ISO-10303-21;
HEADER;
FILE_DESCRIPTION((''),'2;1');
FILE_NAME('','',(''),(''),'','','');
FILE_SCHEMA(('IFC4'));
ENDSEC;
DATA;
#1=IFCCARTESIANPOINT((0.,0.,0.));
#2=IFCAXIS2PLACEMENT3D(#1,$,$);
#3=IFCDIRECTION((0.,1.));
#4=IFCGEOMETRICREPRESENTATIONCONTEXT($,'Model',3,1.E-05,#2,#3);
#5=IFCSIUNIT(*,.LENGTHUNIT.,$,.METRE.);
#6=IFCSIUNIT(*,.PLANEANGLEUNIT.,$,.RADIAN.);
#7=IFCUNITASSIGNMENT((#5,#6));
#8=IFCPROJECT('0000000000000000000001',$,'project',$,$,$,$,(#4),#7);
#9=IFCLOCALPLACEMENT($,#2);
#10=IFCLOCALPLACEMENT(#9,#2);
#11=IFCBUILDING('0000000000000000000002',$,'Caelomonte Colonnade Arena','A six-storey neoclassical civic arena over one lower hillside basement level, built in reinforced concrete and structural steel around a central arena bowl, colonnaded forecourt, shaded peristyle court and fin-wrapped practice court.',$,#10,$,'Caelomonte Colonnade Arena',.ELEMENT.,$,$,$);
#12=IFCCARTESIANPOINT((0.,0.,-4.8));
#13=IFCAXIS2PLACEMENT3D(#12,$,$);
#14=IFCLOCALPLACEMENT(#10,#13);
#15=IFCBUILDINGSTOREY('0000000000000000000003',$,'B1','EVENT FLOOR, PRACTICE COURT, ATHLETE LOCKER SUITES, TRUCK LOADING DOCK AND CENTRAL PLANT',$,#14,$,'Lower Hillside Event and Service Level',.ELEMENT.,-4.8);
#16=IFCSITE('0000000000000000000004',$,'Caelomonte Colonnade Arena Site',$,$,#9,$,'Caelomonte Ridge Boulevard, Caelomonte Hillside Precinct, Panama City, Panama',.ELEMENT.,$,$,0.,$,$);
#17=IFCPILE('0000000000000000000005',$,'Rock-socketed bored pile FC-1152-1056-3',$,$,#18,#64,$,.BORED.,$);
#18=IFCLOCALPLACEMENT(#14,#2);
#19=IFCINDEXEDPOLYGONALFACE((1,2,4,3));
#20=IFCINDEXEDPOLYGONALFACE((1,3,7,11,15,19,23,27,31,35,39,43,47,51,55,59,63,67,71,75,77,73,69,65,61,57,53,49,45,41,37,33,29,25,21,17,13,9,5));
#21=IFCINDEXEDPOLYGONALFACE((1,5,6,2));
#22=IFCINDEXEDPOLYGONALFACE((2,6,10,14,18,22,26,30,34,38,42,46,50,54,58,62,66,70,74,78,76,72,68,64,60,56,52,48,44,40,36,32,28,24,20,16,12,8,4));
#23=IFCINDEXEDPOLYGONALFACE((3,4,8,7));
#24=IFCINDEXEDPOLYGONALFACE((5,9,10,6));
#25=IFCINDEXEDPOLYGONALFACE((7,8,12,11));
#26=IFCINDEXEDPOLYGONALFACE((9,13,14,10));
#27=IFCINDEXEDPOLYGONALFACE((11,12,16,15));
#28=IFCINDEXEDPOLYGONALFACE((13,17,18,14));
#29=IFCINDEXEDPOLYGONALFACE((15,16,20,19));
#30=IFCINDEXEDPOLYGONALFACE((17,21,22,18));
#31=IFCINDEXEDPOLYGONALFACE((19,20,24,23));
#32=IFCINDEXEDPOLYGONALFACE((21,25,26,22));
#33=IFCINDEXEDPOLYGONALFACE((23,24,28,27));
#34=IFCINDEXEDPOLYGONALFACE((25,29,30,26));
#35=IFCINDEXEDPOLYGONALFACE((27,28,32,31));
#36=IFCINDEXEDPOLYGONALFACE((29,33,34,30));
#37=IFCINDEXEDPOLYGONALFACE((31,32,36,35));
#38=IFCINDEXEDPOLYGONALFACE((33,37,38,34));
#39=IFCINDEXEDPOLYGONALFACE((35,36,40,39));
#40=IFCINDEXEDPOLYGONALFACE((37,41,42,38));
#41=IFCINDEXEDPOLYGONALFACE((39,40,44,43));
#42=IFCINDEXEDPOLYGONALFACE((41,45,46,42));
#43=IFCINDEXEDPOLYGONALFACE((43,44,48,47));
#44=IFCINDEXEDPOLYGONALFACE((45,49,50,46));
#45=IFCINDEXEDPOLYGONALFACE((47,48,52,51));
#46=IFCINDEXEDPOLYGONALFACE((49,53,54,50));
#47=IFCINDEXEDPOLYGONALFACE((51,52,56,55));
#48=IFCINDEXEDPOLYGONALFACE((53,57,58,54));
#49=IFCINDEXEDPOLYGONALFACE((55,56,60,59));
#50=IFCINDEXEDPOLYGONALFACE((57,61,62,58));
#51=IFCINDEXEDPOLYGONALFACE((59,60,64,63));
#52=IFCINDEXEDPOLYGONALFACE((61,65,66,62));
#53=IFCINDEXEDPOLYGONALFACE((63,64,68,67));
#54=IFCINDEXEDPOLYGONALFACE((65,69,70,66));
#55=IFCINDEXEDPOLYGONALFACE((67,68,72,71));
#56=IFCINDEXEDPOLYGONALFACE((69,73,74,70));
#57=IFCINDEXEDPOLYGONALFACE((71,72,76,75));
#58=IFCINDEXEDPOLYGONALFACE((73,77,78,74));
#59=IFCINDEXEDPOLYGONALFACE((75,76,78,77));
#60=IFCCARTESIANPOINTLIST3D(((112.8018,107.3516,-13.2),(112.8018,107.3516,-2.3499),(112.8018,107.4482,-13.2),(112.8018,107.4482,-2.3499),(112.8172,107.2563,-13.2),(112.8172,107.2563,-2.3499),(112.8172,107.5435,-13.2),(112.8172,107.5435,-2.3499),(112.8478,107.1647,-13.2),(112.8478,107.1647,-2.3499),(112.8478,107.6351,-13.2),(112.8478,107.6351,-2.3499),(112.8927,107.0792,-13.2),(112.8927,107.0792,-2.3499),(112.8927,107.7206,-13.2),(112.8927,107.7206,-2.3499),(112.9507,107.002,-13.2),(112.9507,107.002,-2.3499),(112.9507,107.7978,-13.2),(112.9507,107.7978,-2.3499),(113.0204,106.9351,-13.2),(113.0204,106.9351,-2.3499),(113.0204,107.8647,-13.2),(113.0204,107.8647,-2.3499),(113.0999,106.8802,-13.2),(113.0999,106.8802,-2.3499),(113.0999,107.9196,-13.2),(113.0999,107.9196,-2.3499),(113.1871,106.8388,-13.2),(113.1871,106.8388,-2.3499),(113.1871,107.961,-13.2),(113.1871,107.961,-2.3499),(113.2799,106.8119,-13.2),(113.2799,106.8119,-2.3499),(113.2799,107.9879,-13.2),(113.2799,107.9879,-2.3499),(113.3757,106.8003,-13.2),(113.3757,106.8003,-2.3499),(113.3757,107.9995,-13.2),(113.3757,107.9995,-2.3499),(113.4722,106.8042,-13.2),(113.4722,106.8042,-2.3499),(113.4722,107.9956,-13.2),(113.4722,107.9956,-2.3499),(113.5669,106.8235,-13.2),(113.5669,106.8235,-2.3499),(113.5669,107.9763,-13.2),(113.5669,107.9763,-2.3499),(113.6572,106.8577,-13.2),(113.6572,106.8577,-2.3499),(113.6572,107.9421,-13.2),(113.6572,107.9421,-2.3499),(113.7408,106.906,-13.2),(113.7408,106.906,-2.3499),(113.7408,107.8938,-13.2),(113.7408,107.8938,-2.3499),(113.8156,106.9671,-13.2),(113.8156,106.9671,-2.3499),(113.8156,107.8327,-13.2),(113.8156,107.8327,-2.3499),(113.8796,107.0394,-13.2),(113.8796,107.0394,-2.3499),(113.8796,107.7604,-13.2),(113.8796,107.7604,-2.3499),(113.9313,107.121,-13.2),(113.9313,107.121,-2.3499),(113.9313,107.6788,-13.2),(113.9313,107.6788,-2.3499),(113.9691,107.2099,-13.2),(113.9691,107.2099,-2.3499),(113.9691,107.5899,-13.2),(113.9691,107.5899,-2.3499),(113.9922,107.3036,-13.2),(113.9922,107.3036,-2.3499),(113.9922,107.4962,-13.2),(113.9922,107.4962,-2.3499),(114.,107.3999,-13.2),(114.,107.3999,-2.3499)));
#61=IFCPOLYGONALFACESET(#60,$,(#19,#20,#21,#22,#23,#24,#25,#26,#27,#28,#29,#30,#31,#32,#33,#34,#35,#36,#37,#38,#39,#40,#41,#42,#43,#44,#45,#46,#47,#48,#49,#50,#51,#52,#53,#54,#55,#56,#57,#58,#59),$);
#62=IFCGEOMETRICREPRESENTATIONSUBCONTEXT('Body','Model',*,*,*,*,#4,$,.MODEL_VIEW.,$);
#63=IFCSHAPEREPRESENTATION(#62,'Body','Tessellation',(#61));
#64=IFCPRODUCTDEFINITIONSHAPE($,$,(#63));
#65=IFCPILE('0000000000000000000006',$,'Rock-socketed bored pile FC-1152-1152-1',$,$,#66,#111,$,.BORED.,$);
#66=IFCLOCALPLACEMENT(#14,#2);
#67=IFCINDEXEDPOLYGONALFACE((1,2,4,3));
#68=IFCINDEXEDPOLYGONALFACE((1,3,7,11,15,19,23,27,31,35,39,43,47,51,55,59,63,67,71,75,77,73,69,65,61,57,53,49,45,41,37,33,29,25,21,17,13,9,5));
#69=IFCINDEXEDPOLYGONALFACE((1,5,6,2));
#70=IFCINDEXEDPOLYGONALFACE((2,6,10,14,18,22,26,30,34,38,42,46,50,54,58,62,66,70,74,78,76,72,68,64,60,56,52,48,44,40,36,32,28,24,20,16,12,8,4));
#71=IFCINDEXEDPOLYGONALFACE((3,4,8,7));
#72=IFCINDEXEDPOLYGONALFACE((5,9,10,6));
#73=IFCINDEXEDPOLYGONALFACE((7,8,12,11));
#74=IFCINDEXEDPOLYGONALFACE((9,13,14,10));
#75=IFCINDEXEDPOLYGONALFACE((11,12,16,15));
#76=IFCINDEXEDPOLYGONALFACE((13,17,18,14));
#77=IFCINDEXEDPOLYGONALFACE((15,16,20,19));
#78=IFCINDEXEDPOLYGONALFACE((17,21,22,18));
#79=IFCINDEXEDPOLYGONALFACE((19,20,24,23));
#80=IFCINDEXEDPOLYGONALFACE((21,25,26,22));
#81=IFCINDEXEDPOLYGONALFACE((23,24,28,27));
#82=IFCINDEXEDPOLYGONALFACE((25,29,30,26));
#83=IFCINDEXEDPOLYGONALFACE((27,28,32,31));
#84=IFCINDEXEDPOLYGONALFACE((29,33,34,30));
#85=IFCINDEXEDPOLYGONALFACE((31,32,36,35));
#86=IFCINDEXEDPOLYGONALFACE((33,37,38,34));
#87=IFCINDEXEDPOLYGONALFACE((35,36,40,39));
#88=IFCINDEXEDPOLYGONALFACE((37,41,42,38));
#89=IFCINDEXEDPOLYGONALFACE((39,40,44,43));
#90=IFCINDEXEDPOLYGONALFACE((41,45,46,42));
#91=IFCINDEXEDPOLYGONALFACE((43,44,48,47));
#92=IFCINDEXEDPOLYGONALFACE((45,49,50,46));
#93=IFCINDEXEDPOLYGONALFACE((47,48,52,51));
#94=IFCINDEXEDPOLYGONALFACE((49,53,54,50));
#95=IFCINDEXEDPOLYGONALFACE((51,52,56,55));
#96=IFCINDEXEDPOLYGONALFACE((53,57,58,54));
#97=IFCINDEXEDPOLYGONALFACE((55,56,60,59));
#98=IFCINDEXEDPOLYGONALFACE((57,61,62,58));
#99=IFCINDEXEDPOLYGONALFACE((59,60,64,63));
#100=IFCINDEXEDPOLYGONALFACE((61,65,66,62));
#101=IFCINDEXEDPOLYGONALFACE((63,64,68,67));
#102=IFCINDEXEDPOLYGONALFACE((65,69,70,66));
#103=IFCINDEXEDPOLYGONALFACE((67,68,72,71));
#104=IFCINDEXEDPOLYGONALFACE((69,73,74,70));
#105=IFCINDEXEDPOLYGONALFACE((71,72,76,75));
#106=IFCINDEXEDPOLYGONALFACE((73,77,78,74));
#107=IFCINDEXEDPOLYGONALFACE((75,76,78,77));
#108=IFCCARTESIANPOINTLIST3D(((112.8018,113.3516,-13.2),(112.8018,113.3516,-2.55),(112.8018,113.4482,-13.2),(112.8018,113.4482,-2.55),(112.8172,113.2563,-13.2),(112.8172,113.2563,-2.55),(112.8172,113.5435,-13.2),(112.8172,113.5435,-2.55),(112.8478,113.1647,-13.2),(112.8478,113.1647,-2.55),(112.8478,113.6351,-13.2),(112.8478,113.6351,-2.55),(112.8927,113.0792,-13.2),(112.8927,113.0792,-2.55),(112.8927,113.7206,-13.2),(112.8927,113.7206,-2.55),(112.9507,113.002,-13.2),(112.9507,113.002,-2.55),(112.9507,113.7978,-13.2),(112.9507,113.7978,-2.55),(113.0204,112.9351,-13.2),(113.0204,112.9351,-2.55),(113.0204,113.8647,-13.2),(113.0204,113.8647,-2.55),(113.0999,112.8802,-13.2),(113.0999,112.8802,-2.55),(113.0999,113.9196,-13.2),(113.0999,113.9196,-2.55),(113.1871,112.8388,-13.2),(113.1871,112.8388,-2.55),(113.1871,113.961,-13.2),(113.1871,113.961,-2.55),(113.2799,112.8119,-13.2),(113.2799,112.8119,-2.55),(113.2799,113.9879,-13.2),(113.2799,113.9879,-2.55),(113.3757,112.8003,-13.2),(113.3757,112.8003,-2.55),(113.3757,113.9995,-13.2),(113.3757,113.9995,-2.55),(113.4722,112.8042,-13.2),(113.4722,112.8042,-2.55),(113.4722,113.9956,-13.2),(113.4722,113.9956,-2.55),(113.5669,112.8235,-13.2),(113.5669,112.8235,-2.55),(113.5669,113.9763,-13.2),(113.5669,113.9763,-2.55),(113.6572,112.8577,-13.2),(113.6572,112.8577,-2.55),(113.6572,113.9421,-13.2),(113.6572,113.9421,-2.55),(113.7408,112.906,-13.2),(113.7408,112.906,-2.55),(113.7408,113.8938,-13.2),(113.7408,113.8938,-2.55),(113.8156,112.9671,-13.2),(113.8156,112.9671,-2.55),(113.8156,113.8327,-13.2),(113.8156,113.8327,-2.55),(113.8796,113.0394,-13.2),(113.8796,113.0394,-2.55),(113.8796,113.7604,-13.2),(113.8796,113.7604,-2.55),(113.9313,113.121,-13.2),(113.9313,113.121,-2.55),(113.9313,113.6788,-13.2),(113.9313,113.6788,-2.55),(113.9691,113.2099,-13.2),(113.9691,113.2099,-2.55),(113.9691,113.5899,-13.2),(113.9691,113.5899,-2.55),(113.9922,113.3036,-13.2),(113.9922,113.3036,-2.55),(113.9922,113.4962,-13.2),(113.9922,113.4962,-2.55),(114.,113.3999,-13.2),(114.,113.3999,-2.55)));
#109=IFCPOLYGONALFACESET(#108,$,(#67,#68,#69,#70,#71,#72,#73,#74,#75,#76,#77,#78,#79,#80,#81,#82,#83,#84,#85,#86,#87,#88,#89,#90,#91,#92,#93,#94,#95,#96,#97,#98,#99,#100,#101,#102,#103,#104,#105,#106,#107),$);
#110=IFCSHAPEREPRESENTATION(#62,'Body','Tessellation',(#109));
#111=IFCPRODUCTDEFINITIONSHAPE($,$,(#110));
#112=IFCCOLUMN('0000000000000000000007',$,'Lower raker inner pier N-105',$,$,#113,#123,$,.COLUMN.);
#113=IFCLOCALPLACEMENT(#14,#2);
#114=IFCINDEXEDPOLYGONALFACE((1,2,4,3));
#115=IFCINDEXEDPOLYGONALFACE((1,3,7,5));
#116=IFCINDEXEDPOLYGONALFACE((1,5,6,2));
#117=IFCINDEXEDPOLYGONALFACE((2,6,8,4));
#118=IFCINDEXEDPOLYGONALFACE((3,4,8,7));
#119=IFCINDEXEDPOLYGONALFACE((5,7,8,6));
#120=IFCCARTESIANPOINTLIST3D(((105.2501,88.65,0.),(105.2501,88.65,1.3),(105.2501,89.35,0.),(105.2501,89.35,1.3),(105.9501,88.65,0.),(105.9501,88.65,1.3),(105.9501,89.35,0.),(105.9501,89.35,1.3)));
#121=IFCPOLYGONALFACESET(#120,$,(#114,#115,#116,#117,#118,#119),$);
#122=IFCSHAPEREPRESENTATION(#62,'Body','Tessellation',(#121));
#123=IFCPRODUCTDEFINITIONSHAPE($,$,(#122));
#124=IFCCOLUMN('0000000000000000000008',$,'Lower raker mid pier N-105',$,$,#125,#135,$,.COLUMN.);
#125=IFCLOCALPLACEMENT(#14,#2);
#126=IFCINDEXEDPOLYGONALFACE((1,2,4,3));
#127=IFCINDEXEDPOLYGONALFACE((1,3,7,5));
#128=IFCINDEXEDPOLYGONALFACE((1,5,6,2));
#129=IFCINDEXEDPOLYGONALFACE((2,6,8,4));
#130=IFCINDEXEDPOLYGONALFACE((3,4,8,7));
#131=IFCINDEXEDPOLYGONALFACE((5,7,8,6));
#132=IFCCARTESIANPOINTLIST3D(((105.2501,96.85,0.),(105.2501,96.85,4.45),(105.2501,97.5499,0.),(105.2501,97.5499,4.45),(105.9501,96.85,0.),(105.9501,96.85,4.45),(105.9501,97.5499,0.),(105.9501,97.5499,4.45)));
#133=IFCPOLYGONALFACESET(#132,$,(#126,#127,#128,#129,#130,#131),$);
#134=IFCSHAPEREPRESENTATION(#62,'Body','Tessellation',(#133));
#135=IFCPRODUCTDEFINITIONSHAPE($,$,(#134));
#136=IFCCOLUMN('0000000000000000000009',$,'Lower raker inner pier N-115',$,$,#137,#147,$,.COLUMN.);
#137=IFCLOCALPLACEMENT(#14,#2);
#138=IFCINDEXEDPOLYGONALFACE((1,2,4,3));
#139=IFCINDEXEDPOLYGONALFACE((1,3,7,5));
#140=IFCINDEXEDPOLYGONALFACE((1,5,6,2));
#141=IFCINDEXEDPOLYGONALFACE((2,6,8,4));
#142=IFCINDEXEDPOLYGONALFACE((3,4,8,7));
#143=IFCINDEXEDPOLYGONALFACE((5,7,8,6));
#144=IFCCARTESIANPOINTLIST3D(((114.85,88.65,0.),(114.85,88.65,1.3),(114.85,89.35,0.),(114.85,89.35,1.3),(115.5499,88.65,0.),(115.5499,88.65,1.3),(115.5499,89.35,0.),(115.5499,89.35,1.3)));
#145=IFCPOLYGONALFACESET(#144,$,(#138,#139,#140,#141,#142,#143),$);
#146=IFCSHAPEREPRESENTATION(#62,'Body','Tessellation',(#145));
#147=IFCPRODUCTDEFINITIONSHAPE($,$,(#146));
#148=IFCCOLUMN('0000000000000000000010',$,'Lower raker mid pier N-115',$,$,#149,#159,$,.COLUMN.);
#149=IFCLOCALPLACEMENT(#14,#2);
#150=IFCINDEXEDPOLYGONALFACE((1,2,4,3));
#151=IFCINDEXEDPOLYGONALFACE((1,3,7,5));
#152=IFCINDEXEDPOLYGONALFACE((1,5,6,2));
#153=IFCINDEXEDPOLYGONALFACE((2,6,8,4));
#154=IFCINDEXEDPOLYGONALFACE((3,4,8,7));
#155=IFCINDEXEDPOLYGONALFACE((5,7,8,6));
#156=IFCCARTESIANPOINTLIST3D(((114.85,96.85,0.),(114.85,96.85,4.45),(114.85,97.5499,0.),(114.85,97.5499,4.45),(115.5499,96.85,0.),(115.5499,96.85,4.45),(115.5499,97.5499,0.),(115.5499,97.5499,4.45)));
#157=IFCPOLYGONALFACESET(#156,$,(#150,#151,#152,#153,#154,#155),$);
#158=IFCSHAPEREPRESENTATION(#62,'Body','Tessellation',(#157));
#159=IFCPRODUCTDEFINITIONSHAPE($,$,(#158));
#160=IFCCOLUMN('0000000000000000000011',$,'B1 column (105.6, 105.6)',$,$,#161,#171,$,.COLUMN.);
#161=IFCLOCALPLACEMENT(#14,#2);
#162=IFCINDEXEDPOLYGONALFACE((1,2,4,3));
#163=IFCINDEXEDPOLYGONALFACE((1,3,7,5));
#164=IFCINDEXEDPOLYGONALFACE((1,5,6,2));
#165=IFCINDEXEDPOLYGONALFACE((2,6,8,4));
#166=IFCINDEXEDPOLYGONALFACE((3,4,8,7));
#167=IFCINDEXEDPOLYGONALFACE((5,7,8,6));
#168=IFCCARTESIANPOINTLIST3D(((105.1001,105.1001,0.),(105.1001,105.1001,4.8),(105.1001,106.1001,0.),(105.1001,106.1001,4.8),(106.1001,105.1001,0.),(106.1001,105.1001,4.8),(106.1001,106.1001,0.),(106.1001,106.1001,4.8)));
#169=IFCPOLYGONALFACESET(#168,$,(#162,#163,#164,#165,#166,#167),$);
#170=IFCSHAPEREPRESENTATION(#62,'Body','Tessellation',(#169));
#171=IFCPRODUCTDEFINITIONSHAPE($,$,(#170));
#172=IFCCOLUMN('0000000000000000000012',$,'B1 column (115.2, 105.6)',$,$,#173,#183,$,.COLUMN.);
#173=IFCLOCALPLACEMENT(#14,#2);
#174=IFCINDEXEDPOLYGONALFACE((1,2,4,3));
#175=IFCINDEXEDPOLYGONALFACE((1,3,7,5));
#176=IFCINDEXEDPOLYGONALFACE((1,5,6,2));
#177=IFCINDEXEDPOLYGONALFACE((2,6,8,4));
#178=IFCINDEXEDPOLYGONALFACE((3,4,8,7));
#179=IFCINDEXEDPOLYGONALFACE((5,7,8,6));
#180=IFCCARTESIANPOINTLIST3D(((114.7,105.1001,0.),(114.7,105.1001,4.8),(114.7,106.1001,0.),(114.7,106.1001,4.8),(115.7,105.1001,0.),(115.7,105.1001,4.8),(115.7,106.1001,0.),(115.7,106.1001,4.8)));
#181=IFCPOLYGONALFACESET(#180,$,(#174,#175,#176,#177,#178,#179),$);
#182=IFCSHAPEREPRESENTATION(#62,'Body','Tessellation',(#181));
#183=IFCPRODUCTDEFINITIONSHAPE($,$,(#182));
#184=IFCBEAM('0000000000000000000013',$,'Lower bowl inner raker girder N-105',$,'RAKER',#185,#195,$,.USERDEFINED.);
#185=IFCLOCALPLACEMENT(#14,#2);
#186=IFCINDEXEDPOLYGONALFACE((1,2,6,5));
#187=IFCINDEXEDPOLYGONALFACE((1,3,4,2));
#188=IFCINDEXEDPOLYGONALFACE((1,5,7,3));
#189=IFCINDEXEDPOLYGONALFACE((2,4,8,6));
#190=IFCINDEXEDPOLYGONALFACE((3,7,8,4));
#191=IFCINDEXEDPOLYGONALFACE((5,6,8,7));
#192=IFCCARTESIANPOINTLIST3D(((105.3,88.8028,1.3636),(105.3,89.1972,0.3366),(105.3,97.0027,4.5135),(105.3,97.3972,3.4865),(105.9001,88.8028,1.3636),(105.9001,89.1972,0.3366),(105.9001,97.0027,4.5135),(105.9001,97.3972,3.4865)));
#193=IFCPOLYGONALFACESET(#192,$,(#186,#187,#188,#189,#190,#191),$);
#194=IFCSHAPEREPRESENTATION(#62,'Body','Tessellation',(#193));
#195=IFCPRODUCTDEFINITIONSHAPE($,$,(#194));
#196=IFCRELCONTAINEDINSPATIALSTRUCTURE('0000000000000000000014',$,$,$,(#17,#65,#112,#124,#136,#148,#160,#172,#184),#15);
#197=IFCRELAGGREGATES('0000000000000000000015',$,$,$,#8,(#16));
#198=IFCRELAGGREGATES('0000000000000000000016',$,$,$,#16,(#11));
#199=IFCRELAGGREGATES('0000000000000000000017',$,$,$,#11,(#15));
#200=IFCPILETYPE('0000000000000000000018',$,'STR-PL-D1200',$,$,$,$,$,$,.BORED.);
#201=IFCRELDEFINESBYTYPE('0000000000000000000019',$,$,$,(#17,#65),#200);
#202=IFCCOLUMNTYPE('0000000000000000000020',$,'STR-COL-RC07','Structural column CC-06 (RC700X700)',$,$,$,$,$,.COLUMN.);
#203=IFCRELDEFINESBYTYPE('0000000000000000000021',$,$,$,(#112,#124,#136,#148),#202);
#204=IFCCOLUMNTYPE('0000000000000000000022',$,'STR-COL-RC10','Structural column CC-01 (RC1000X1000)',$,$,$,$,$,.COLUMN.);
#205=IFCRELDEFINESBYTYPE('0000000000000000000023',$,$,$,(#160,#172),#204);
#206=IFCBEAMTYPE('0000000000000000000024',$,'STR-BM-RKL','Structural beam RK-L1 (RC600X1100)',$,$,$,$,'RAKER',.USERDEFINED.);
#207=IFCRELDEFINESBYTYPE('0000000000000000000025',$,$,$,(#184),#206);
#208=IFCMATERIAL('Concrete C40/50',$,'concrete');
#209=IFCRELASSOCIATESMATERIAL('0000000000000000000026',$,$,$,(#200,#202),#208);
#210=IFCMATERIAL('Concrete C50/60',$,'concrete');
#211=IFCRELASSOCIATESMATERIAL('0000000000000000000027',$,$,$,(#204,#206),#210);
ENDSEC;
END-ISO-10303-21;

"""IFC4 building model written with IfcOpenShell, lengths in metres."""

from ifc_helpers import new_model, si_unit, direction, frame, origin, origin_2d, place, context, subcontext, project, spatial, rectangle, circle, extrude, material, material_profile, profile_set, type_object, element, save


model = new_model("IFC4")

# Units and contexts
model_context = context("Model", 3, precision=1e-05, world=origin(), true_north=direction((0.0, 1.0)))
body_context = subcontext(model_context, "Body", "Model", "MODEL_VIEW")
ifc_project = project(units=[si_unit("LENGTHUNIT", "METRE"), si_unit("PLANEANGLEUNIT", "RADIAN")], contexts=[model_context])

# Site, building, storey
site_placement = place(None, origin())
site = spatial("IfcSite", under=ifc_project, at=site_placement, Name="Caelomonte Colonnade Arena Site", LongName="Caelomonte Ridge Boulevard, Caelomonte Hillside Precinct, Panama City, Panama", CompositionType="ELEMENT", RefElevation=0.0)
building_placement = place(site_placement, origin())
building = spatial("IfcBuilding", under=site, at=building_placement, Name="Caelomonte Colonnade Arena", Description="A six-storey neoclassical civic arena over one lower hillside basement level, built in reinforced concrete and structural steel around a central arena bowl, colonnaded forecourt, shaded peristyle court and fin-wrapped practice court.", LongName="Caelomonte Colonnade Arena", CompositionType="ELEMENT")
storey_placement = place(building_placement, frame((0.0, 0.0, -4.8)))
storey = spatial("IfcBuildingStorey", under=building, at=storey_placement, Name="B1", Description="EVENT FLOOR, PRACTICE COURT, ATHLETE LOCKER SUITES, TRUCK LOADING DOCK AND CENTRAL PLANT", LongName="Lower Hillside Event and Service Level", CompositionType="ELEMENT", Elevation=-4.8)

# Shared definitions
ifc_material_1 = material(Name="Concrete C40/50", Category="concrete")

# Piles
ifc_material_profile_1 = material_profile(ifc_material_1, circle(Radius=0.6001, at=origin_2d()), Name="PILE-D1200")
ifc_profile_set_1 = profile_set([ifc_material_profile_1], Name="Concrete C40/50")
pile_type_1 = type_object("IfcPileType", Name="STR-PL-D1200", PredefinedType="BORED", material=ifc_profile_set_1)
for number, where, z_axis, x_axis, name in (
    (1, (113.3999, 107.3999, -2.3499), (0.0, 0.0, -1.0), (1.0, 0.0, 0.0), "Rock-socketed bored pile FC-1152-1056-3"),
):
    element("IfcPile", number, at=place(storey_placement, frame(where, z_axis=z_axis, x_axis=x_axis)), inside=storey, type_object=pile_type_1, Name=name, PredefinedType="BORED", context=body_context, shape_type="SweptSolid", body=[
        extrude(circle(Radius=0.6001, at=origin_2d()), origin(), (0.0, 0.0, 1.0), 10.8501),
    ])
pile_placement = place(storey_placement, frame((113.3999, 113.3999, -2.55), z_axis=(0.0, 0.0, -1.0), x_axis=(1.0, 0.0, 0.0)))
element("IfcPile", 2, at=pile_placement, inside=storey, type_object=pile_type_1, Name="Rock-socketed bored pile FC-1152-1152-1", PredefinedType="BORED", context=body_context, shape_type="SweptSolid", body=[
    extrude(circle(Radius=0.6001, at=origin_2d()), origin(), (0.0, 0.0, 1.0), 10.6499),
])

# Columns
ifc_material_profile_2 = material_profile(ifc_material_1, rectangle(XDim=0.7, YDim=0.7, at=origin_2d()), Name="RC700X700")
ifc_profile_set_2 = profile_set([ifc_material_profile_2], Name="Concrete C40/50")
column_type_1 = type_object("IfcColumnType", Name="STR-COL-RC07", Description="Structural column CC-06 (RC700X700)", PredefinedType="COLUMN", material=ifc_profile_set_2)
column_1_placement = place(storey_placement, frame((105.6001, 89.0, 0.0), z_axis=(0.0, 0.0, 1.0), x_axis=(1.0, 0.0, 0.0)))
element("IfcColumn", 3, at=column_1_placement, inside=storey, type_object=column_type_1, Name="Lower raker inner pier N-105", PredefinedType="COLUMN", context=body_context, shape_type="SweptSolid", body=[
    extrude(rectangle(XDim=0.7, YDim=0.7, at=origin_2d()), origin(), (0.0, 0.0, 1.0), 1.3),
])
column_2_placement = place(storey_placement, frame((105.6001, 97.2, 0.0), z_axis=(0.0, 0.0, 1.0), x_axis=(1.0, 0.0, 0.0)))
element("IfcColumn", 4, at=column_2_placement, inside=storey, type_object=column_type_1, Name="Lower raker mid pier N-105", PredefinedType="COLUMN", context=body_context, shape_type="SweptSolid", body=[
    extrude(rectangle(XDim=0.7, YDim=0.7, at=origin_2d()), origin(), (0.0, 0.0, 1.0), 4.45),
])
column_3_placement = place(storey_placement, frame((115.2, 89.0, 0.0), z_axis=(0.0, 0.0, 1.0), x_axis=(1.0, 0.0, 0.0)))
element("IfcColumn", 5, at=column_3_placement, inside=storey, type_object=column_type_1, Name="Lower raker inner pier N-115", PredefinedType="COLUMN", context=body_context, shape_type="SweptSolid", body=[
    extrude(rectangle(XDim=0.7, YDim=0.7, at=origin_2d()), origin(), (0.0, 0.0, 1.0), 1.3),
])
column_4_placement = place(storey_placement, frame((115.2, 97.2, 0.0), z_axis=(0.0, 0.0, 1.0), x_axis=(1.0, 0.0, 0.0)))
element("IfcColumn", 6, at=column_4_placement, inside=storey, type_object=column_type_1, Name="Lower raker mid pier N-115", PredefinedType="COLUMN", context=body_context, shape_type="SweptSolid", body=[
    extrude(rectangle(XDim=0.7, YDim=0.7, at=origin_2d()), origin(), (0.0, 0.0, 1.0), 4.45),
])
ifc_material_2 = material(Name="Concrete C50/60", Category="concrete")
ifc_material_profile_3 = material_profile(ifc_material_2, rectangle(XDim=1.0, YDim=1.0, at=origin_2d()), Name="RC1000X1000")
ifc_profile_set_3 = profile_set([ifc_material_profile_3], Name="Concrete C50/60")
column_type_2 = type_object("IfcColumnType", Name="STR-COL-RC10", Description="Structural column CC-01 (RC1000X1000)", PredefinedType="COLUMN", material=ifc_profile_set_3)
for number, where, z_axis, x_axis, name in (
    (7, (105.6001, 105.6001, 0.0), (0.0, 0.0, 1.0), (1.0, 0.0, 0.0), "B1 column (105.6, 105.6)"),
    (8, (115.2, 105.6001, 0.0), (0.0, 0.0, 1.0), (1.0, 0.0, 0.0), "B1 column (115.2, 105.6)"),
):
    element("IfcColumn", number, at=place(storey_placement, frame(where, z_axis=z_axis, x_axis=x_axis)), inside=storey, type_object=column_type_2, Name=name, PredefinedType="COLUMN", context=body_context, shape_type="SweptSolid", body=[
        extrude(rectangle(XDim=1.0, YDim=1.0, at=origin_2d()), origin(), (0.0, 0.0, 1.0), 4.8),
    ])

# Beam
ifc_material_profile_4 = material_profile(ifc_material_2, rectangle(XDim=0.6001, YDim=1.1001, at=origin_2d()), Name="RC600X1100")
ifc_profile_set_4 = profile_set([ifc_material_profile_4], Name="Concrete C50/60")
beam_type = type_object("IfcBeamType", Name="STR-BM-RKL", Description="Structural beam RK-L1 (RC600X1100)", ElementType="RAKER", PredefinedType="USERDEFINED", material=ifc_profile_set_4)
for number, where, z_axis, x_axis, name in (
    (9, (105.6001, 89.0, 0.8501), (0.0, 0.933495, 0.35859), (-1.0, 0.0, 0.0), "Lower bowl inner raker girder N-105"),
):
    element("IfcBeam", number, at=place(storey_placement, frame(where, z_axis=z_axis, x_axis=x_axis)), inside=storey, type_object=beam_type, Name=name, ObjectType="RAKER", PredefinedType="USERDEFINED", context=body_context, shape_type="SweptSolid", body=[
        extrude(rectangle(XDim=0.6001, YDim=1.1001, at=origin_2d()), origin(), (0.0, 0.0, 1.0), 8.7842),
    ])

save(model, "model.ifc")
